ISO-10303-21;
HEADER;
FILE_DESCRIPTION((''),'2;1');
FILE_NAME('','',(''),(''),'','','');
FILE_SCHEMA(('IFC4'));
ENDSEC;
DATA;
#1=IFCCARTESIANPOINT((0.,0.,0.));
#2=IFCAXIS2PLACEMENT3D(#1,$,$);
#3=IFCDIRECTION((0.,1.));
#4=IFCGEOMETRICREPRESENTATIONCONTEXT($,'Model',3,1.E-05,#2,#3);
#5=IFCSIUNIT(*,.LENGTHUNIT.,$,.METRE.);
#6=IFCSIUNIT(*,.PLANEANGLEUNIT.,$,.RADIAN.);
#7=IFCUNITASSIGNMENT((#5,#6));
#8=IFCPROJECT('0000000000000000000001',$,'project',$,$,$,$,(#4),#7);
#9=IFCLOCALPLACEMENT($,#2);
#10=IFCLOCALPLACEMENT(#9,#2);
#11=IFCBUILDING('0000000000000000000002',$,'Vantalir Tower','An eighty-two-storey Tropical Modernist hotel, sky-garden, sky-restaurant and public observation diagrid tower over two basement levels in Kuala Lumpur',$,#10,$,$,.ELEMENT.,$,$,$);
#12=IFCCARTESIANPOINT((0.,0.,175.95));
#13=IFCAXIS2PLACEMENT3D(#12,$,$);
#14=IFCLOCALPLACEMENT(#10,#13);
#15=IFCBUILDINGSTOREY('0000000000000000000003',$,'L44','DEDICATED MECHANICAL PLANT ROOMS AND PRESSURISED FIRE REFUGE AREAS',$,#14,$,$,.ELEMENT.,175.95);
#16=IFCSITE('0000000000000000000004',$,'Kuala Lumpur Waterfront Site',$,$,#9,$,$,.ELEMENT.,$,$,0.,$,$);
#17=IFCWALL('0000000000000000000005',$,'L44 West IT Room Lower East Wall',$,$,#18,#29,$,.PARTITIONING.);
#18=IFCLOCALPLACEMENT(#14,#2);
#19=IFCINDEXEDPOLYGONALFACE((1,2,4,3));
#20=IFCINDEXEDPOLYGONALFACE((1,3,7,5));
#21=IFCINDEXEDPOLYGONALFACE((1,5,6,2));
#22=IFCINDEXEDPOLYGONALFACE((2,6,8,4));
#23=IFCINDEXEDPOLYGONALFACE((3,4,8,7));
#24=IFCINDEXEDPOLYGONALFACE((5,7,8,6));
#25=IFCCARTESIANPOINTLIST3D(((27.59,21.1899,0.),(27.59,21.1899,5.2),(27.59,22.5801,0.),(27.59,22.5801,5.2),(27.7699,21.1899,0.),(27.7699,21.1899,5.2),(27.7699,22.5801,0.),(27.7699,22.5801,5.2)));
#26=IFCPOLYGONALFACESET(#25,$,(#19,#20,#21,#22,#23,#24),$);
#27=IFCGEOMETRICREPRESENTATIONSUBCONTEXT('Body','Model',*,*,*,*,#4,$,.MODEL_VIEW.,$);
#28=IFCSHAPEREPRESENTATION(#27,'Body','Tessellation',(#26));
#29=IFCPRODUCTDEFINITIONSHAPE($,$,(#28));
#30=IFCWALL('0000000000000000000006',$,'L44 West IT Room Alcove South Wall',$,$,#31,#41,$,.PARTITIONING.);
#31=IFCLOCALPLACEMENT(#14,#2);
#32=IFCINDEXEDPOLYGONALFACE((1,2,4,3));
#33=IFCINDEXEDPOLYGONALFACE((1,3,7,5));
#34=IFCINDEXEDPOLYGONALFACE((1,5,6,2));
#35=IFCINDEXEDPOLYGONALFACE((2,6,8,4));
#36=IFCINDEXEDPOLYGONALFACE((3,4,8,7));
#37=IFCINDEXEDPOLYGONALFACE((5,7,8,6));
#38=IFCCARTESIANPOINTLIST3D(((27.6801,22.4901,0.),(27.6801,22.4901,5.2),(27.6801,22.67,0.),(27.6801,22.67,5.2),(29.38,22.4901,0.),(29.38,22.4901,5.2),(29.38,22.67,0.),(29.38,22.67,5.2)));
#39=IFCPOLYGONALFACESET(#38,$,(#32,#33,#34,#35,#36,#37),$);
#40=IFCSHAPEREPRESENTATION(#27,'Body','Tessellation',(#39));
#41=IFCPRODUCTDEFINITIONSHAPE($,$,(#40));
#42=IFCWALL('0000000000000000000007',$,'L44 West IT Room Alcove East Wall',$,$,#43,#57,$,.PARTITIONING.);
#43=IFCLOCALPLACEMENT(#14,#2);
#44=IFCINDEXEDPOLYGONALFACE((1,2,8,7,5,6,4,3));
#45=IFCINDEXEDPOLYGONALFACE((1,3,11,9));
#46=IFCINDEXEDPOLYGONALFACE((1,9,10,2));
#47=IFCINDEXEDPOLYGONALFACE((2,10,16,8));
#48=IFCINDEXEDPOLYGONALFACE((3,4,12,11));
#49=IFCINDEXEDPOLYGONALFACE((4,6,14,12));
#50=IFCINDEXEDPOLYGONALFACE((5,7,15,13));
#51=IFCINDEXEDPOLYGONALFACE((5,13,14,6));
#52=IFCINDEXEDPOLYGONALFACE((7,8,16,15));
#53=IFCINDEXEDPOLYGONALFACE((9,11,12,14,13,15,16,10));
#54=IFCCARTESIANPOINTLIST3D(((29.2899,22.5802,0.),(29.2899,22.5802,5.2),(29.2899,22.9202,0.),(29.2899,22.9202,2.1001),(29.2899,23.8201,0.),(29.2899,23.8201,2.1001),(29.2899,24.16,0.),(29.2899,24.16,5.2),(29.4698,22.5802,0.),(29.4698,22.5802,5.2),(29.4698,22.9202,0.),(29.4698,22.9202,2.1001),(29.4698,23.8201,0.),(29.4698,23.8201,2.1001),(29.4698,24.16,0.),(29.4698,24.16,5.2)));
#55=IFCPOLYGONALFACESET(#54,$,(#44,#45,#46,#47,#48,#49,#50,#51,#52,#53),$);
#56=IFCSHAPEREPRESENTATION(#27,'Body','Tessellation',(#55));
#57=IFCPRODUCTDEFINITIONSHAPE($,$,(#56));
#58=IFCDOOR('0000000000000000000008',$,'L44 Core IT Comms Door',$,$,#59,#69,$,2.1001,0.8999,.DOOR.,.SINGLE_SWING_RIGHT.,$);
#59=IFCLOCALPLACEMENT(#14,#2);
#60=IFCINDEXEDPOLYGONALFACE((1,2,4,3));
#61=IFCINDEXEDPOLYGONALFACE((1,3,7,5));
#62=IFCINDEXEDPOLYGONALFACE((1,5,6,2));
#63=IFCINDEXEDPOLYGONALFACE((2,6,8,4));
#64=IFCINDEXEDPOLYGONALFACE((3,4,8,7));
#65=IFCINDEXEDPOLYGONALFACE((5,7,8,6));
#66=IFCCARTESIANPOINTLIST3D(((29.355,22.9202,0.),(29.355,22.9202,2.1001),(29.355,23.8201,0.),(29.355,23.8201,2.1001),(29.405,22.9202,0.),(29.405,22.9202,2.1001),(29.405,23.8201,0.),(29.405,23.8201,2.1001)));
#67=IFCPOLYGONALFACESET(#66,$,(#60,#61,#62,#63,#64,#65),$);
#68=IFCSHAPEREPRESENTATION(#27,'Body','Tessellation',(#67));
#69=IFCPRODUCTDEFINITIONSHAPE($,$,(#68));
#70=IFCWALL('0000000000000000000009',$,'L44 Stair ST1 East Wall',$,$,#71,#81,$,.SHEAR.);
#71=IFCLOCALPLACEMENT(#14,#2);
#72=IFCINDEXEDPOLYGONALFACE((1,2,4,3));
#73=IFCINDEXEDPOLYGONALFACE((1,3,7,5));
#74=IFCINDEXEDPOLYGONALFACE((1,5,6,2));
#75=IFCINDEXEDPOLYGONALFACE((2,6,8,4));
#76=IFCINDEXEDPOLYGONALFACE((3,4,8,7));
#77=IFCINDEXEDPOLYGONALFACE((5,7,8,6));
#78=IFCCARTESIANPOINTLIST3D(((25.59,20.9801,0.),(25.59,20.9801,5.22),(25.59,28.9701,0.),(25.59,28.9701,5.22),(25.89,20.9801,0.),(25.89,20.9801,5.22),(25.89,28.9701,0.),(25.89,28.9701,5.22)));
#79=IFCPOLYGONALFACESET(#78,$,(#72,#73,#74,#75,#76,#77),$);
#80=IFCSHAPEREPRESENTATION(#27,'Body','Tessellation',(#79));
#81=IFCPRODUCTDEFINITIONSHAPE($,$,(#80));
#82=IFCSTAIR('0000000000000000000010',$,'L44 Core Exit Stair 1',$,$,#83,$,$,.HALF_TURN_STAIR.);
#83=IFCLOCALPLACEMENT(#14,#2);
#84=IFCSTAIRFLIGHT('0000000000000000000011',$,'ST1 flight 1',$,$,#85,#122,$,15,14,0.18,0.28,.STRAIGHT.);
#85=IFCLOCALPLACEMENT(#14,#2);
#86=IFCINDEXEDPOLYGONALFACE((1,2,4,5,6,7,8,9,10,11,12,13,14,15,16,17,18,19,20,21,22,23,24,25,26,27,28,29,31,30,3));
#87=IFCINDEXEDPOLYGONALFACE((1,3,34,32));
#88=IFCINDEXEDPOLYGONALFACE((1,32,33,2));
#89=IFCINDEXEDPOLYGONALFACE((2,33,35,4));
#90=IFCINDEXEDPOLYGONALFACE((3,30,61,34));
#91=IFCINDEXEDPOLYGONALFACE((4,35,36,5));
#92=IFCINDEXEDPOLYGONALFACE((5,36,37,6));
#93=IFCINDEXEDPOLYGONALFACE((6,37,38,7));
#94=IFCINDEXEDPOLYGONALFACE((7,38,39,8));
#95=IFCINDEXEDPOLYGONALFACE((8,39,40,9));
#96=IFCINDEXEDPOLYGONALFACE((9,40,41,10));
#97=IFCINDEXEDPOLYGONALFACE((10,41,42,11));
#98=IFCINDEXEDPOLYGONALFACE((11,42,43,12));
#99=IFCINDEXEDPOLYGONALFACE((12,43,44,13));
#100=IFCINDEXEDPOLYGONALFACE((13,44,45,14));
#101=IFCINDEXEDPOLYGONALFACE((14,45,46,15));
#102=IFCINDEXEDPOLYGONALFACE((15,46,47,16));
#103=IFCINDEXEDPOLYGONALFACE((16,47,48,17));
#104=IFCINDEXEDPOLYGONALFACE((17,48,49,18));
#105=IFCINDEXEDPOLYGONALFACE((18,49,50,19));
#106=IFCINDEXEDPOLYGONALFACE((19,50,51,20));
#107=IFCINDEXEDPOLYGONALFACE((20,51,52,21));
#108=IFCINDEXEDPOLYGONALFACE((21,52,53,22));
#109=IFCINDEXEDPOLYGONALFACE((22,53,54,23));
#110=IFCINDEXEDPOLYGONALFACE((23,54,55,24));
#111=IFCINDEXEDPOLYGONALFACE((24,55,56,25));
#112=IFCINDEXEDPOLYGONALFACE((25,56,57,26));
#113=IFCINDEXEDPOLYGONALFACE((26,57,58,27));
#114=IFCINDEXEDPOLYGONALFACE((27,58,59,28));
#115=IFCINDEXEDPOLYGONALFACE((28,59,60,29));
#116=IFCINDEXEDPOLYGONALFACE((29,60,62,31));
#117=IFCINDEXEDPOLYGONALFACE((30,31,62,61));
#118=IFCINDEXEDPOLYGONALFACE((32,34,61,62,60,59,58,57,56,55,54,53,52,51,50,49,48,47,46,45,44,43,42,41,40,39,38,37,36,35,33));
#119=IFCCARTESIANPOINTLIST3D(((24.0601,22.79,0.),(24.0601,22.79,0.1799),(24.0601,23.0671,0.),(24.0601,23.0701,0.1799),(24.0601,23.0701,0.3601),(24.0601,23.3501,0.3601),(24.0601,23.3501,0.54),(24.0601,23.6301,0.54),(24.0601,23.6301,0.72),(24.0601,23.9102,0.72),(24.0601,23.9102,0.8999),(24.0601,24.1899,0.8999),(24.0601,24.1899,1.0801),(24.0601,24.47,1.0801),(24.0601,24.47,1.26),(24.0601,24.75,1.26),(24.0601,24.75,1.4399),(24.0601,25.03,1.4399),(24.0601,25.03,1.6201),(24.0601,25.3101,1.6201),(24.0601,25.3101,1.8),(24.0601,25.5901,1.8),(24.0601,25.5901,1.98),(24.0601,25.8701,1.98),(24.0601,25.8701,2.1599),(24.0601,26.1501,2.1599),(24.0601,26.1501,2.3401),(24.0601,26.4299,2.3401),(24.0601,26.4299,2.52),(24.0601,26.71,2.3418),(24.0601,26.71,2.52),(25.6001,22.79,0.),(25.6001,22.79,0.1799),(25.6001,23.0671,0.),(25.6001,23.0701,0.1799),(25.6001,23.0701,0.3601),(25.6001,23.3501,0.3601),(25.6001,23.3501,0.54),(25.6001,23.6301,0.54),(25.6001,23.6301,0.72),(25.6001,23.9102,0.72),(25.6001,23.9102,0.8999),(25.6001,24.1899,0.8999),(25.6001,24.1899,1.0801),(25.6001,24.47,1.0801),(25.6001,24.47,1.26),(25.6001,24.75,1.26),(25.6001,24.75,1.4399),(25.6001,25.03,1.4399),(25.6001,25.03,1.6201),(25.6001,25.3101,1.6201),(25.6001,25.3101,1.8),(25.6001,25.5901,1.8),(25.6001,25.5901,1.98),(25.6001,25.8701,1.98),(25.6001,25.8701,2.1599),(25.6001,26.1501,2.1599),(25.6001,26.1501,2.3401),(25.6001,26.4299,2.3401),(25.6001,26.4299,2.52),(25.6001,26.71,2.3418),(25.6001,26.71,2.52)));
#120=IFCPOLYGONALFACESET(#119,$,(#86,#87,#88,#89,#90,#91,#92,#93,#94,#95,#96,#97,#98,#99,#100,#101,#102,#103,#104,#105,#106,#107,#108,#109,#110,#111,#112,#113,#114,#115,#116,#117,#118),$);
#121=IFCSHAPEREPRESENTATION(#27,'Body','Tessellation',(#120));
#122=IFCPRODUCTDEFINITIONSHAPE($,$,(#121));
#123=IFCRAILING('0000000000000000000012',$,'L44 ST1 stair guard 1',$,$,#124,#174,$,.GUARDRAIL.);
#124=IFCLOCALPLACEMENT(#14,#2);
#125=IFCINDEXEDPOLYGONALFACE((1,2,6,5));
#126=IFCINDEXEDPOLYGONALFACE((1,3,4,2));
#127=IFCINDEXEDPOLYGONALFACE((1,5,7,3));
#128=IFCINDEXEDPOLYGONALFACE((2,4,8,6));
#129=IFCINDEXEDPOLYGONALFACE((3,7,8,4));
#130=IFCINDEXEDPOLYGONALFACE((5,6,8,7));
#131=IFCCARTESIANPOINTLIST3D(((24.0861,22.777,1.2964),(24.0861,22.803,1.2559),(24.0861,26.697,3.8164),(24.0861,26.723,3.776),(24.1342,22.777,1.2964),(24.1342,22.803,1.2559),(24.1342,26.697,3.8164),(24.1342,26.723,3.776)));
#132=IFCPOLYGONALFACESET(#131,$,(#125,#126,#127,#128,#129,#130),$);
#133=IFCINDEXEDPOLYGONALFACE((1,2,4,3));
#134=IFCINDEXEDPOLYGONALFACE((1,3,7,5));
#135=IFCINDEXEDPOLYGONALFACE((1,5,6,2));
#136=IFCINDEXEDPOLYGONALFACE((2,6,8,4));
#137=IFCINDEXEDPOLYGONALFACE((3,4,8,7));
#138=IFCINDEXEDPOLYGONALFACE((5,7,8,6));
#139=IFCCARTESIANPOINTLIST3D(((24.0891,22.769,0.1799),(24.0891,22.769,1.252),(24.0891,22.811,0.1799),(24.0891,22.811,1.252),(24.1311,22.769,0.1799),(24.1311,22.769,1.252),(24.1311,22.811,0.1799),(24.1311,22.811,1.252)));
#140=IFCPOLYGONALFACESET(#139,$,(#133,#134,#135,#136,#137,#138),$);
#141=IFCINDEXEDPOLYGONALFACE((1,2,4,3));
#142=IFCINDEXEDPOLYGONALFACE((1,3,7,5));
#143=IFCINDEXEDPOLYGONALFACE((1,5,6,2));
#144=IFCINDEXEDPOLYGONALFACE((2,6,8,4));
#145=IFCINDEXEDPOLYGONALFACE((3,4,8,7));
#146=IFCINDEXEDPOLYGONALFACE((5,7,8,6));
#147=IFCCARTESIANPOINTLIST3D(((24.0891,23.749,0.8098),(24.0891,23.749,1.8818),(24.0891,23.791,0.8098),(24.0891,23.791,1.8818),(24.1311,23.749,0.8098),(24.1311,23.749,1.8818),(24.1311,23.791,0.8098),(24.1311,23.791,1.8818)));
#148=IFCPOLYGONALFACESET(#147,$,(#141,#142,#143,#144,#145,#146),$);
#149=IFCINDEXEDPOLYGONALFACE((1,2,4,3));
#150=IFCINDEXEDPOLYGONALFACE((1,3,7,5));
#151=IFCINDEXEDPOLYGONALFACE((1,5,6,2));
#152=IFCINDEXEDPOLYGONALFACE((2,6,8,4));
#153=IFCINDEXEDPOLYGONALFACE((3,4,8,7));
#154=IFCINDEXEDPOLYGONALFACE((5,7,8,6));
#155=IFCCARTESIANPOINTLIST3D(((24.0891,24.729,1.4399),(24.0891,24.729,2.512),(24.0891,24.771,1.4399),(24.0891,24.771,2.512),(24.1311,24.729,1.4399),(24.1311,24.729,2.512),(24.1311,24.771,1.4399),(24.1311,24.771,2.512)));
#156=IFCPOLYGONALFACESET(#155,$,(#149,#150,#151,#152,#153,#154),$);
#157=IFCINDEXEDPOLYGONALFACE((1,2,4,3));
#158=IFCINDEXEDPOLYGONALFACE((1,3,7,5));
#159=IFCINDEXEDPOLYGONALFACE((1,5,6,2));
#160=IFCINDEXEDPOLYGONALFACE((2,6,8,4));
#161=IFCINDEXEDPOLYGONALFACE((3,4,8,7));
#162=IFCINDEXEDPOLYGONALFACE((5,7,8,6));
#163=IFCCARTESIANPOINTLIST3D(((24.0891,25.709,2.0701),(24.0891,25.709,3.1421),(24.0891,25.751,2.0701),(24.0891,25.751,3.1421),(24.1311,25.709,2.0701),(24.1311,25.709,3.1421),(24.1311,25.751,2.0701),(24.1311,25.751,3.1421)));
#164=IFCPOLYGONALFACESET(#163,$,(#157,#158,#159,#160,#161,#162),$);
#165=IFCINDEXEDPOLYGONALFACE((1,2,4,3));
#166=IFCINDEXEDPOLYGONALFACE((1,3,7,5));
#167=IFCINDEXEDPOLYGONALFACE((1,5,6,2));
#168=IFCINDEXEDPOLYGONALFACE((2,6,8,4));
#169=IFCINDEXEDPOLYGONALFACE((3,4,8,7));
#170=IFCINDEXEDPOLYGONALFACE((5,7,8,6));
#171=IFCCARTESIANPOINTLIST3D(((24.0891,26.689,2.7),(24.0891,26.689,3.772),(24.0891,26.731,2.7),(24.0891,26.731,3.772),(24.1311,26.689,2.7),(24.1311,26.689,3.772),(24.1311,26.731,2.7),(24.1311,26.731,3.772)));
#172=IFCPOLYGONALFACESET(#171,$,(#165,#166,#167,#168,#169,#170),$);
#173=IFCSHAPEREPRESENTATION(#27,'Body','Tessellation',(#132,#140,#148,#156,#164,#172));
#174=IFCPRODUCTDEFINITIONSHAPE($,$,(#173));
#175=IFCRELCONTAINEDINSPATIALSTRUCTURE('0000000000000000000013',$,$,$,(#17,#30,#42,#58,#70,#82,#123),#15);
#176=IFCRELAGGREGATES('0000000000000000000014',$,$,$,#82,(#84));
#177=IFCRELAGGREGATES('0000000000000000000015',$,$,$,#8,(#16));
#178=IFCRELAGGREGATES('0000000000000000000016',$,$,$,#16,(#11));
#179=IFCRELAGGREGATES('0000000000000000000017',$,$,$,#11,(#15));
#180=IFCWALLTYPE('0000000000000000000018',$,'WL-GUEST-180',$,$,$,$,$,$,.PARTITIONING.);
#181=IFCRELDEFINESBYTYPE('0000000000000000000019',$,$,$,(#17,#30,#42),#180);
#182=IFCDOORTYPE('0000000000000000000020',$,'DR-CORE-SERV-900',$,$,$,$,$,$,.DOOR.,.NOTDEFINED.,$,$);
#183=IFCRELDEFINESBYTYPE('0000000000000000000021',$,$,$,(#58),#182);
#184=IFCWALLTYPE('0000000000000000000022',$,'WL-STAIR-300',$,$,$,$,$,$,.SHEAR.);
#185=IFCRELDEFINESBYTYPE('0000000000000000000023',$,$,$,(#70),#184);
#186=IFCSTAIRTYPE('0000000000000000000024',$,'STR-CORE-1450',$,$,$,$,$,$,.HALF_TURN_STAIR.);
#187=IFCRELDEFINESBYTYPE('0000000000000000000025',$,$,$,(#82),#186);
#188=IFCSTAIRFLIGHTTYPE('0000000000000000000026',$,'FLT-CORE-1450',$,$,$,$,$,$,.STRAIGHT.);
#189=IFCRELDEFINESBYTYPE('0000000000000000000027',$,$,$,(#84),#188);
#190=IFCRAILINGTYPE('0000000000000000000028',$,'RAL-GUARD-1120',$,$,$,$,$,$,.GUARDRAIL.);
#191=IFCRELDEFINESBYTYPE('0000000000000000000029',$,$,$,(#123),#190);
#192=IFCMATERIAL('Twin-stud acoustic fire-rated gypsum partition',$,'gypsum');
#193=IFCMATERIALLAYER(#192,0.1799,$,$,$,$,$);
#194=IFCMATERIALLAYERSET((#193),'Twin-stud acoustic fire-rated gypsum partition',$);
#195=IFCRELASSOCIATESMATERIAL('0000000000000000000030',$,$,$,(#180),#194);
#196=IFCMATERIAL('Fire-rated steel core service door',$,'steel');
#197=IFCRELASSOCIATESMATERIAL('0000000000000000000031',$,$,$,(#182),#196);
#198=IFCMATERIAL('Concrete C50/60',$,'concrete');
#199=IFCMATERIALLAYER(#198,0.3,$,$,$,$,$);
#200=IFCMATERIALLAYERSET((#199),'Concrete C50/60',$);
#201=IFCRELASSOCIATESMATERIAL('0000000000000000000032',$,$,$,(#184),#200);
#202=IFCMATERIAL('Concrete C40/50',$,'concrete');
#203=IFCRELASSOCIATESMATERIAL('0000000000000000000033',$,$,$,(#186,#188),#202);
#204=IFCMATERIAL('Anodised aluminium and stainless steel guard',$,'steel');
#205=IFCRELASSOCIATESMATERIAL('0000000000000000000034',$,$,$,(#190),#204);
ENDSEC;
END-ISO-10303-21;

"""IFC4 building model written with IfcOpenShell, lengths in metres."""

from ifc_helpers import new_model, si_unit, direction, frame, frame_2d, origin, origin_2d, place, context, subcontext, project, spatial, polyline, rectangle, outline, extrude, material, layer, layer_set, type_object, element, fill, aggregate, save


model = new_model("IFC4")

# Units and contexts
model_context = context("Model", 3, precision=1e-05, world=origin(), true_north=direction((0.0, 1.0)))
body_context = subcontext(model_context, "Body", "Model", "MODEL_VIEW")
ifc_project = project(units=[si_unit("LENGTHUNIT", "METRE"), si_unit("PLANEANGLEUNIT", "RADIAN")], contexts=[model_context])

# Site, building, storey
site_placement = place(None, origin())
site = spatial("IfcSite", under=ifc_project, at=site_placement, Name="Kuala Lumpur Waterfront Site", CompositionType="ELEMENT", RefElevation=0.0)
building_placement = place(site_placement, origin())
building = spatial("IfcBuilding", under=site, at=building_placement, Name="Vantalir Tower", Description="An eighty-two-storey Tropical Modernist hotel, sky-garden, sky-restaurant and public observation diagrid tower over two basement levels in Kuala Lumpur", CompositionType="ELEMENT")
storey_placement = place(building_placement, frame((0.0, 0.0, 175.95)))
storey = spatial("IfcBuildingStorey", under=building, at=storey_placement, Name="L44", Description="DEDICATED MECHANICAL PLANT ROOMS AND PRESSURISED FIRE REFUGE AREAS", CompositionType="ELEMENT", Elevation=175.95)

# Walls
ifc_material_1 = material(Name="Twin-stud acoustic fire-rated gypsum partition", Category="gypsum")
ifc_layer_1 = layer(ifc_material_1, 0.1799)
ifc_layer_set_1 = layer_set([ifc_layer_1], Name="Twin-stud acoustic fire-rated gypsum partition")
wall_type_1 = type_object("IfcWallType", Name="WL-GUEST-180", PredefinedType="PARTITIONING", material=ifc_layer_set_1)
wall_1_placement = place(storey_placement, frame((27.6799, 21.1899, 0.0), z_axis=(0.0, 0.0, 1.0), x_axis=(0.0, 1.0, 0.0)))
element("IfcWall", 1, at=wall_1_placement, inside=storey, type_object=wall_type_1, Name="L44 West IT Room Lower East Wall", PredefinedType="PARTITIONING", context=body_context, shape_type="SweptSolid", body=[
    extrude(rectangle(XDim=1.3901, YDim=0.1799, at=frame_2d((0.6951, 0.0))), origin(), (0.0, 0.0, 1.0), 5.2),
])
wall_2_placement = place(storey_placement, frame((27.6799, 22.5801, 0.0), z_axis=(0.0, 0.0, 1.0), x_axis=(1.0, 0.0, 0.0)))
element("IfcWall", 2, at=wall_2_placement, inside=storey, type_object=wall_type_1, Name="L44 West IT Room Alcove South Wall", PredefinedType="PARTITIONING", context=body_context, shape_type="SweptSolid", body=[
    extrude(rectangle(XDim=1.7, YDim=0.1799, at=frame_2d((0.8501, 0.0))), origin(), (0.0, 0.0, 1.0), 5.2),
])

# Wall, opening, door
wall_3_placement = place(storey_placement, frame((29.3799, 22.5801, 0.0), z_axis=(0.0, 0.0, 1.0), x_axis=(0.0, 1.0, 0.0)))
wall_3 = element("IfcWall", 3, at=wall_3_placement, inside=storey, type_object=wall_type_1, Name="L44 West IT Room Alcove East Wall", PredefinedType="PARTITIONING", context=body_context, shape_type="SweptSolid", body=[
    extrude(rectangle(XDim=1.5798, YDim=0.1799, at=frame_2d((0.79, 0.0))), origin(), (0.0, 0.0, 1.0), 5.2),
])
opening_1_placement = place(wall_3_placement, frame((0.3401, 0.0, 0.0)))
opening_1 = element("IfcOpeningElement", 4, at=opening_1_placement, cuts=wall_3, PredefinedType="OPENING", context=body_context, shape_type="SweptSolid", body=[
    extrude(rectangle(XDim=0.8999, YDim=2.1001, at=frame_2d((0.45, 1.05))), frame((0.0, 0.0999, 0.0), z_axis=(0.0, -1.0, 0.0), x_axis=(1.0, 0.0, 0.0)), (0.0, 0.0, 1.0), 0.2),
])
ifc_material_2 = material(Name="Fire-rated steel core service door", Category="steel")
door_type_1 = type_object("IfcDoorType", Name="DR-CORE-SERV-900", OperationType="NOTDEFINED", PredefinedType="DOOR", material=ifc_material_2)
door_1_placement = place(opening_1_placement, origin())
door_1 = element("IfcDoor", 5, at=door_1_placement, inside=storey, type_object=door_type_1, Name="L44 Core IT Comms Door", OperationType="SINGLE_SWING_RIGHT", OverallHeight=2.1001, OverallWidth=0.8999, PredefinedType="DOOR", context=body_context, shape_type="SweptSolid", body=[
    extrude(rectangle(XDim=0.8999, YDim=2.1001, at=frame_2d((0.45, 1.05))), frame((0.0, 0.0249, 0.0), z_axis=(0.0, -1.0, 0.0), x_axis=(1.0, 0.0, 0.0)), (0.0, 0.0, 1.0), 0.05),
])
fill(opening_1, door_1)

# Wall
ifc_material_3 = material(Name="Concrete C50/60", Category="concrete")
ifc_layer_2 = layer(ifc_material_3, 0.3)
ifc_layer_set_2 = layer_set([ifc_layer_2], Name="Concrete C50/60")
wall_type_2 = type_object("IfcWallType", Name="WL-STAIR-300", PredefinedType="SHEAR", material=ifc_layer_set_2)
wall_4_placement = place(storey_placement, frame((25.74, 20.98, 0.0), z_axis=(0.0, 0.0, 1.0), x_axis=(0.0, 1.0, 0.0)))
element("IfcWall", 6, at=wall_4_placement, inside=storey, type_object=wall_type_2, Name="L44 Stair ST1 East Wall", PredefinedType="SHEAR", context=body_context, shape_type="SweptSolid", body=[
    extrude(rectangle(XDim=7.99, YDim=0.3, at=frame_2d((3.9951, 0.0))), origin(), (0.0, 0.0, 1.0), 5.22),
])

# Stair, stair flight
ifc_material_4 = material(Name="Concrete C40/50", Category="concrete")
stair_type = type_object("IfcStairType", Name="STR-CORE-1450", PredefinedType="HALF_TURN_STAIR", material=ifc_material_4)
stair_placement = place(storey_placement, origin())
stair = element("IfcStair", 7, at=stair_placement, inside=storey, type_object=stair_type, Name="L44 Core Exit Stair 1", PredefinedType="HALF_TURN_STAIR")
stair_flight_type = type_object("IfcStairFlightType", Name="FLT-CORE-1450", PredefinedType="STRAIGHT", material=ifc_material_4)
stair_flight_placement = place(storey_placement, frame((24.8301, 22.79, 0.0), z_axis=(0.0, 0.0, 1.0), x_axis=(0.0, 1.0, 0.0)))
stair_flight = element("IfcStairFlight", 8, at=stair_flight_placement, type_object=stair_flight_type, Name="ST1 flight 1", NumberOfRisers=15, NumberOfTreads=14, PredefinedType="STRAIGHT", RiserHeight=0.18, TreadLength=0.28, context=body_context, shape_type="SweptSolid", body=[
    extrude(outline(polyline([(0.0, 0.0), (0.0, 0.1799), (0.28, 0.1799), (0.28, 0.3601), (0.5601, 0.3601), (0.5601, 0.54), (0.8401, 0.54), (0.8401, 0.72), (1.1201, 0.72), (1.1201, 0.8999), (1.3999, 0.8999), (1.3999, 1.0801), (1.6799, 1.0801), (1.6799, 1.26), (1.96, 1.26), (1.96, 1.4399), (2.24, 1.4399), (2.24, 1.6201), (2.52, 1.6201), (2.52, 1.8), (2.8, 1.8), (2.8, 1.98), (3.0801, 1.98), (3.0801, 2.1599), (3.3601, 2.1599), (3.3601, 2.3401), (3.6399, 2.3401), (3.6399, 2.52), (3.9199, 2.52), (3.9199, 2.7), (3.9199, 2.3418), (0.2771, 0.0), (0.0, 0.0)])), frame((0.0, 0.77, 0.0), z_axis=(0.0, -1.0, 0.0), x_axis=(1.0, 0.0, 0.0)), (0.0, 0.0, 1.0), 1.54),
])
aggregate(stair, [stair_flight])

# Railing
ifc_material_5 = material(Name="Anodised aluminium and stainless steel guard", Category="steel")
railing_type = type_object("IfcRailingType", Name="RAL-GUARD-1120", PredefinedType="GUARDRAIL", material=ifc_material_5)
railing_1_placement = place(storey_placement, frame((24.1101, 22.79, 0.1799)))
element("IfcRailing", 9, at=railing_1_placement, inside=storey, type_object=railing_type, Name="L44 ST1 stair guard 1", PredefinedType="GUARDRAIL", context=body_context, shape_type="SweptSolid", body=[
    extrude(rectangle(XDim=0.0481, YDim=0.0481, at=origin_2d()), frame((0.0, 0.0, 1.0962), z_axis=(0.0, 0.841172, 0.540768), x_axis=(-1.0, 0.0, 0.0)), (0.0, 0.0, 1.0), 4.6602),
    extrude(rectangle(XDim=0.042, YDim=0.042, at=origin_2d()), origin(), (0.0, 0.0, 1.0), 1.072),
    extrude(rectangle(XDim=0.042, YDim=0.042, at=origin_2d()), frame((0.0, 0.98, 0.6299)), (0.0, 0.0, 1.0), 1.072),
    extrude(rectangle(XDim=0.042, YDim=0.042, at=origin_2d()), frame((0.0, 1.96, 1.26)), (0.0, 0.0, 1.0), 1.072),
    extrude(rectangle(XDim=0.042, YDim=0.042, at=origin_2d()), frame((0.0, 2.9399, 1.8901)), (0.0, 0.0, 1.0), 1.072),
    extrude(rectangle(XDim=0.042, YDim=0.042, at=origin_2d()), frame((0.0, 3.9199, 2.52)), (0.0, 0.0, 1.0), 1.072),
])

save(model, "model.ifc")
